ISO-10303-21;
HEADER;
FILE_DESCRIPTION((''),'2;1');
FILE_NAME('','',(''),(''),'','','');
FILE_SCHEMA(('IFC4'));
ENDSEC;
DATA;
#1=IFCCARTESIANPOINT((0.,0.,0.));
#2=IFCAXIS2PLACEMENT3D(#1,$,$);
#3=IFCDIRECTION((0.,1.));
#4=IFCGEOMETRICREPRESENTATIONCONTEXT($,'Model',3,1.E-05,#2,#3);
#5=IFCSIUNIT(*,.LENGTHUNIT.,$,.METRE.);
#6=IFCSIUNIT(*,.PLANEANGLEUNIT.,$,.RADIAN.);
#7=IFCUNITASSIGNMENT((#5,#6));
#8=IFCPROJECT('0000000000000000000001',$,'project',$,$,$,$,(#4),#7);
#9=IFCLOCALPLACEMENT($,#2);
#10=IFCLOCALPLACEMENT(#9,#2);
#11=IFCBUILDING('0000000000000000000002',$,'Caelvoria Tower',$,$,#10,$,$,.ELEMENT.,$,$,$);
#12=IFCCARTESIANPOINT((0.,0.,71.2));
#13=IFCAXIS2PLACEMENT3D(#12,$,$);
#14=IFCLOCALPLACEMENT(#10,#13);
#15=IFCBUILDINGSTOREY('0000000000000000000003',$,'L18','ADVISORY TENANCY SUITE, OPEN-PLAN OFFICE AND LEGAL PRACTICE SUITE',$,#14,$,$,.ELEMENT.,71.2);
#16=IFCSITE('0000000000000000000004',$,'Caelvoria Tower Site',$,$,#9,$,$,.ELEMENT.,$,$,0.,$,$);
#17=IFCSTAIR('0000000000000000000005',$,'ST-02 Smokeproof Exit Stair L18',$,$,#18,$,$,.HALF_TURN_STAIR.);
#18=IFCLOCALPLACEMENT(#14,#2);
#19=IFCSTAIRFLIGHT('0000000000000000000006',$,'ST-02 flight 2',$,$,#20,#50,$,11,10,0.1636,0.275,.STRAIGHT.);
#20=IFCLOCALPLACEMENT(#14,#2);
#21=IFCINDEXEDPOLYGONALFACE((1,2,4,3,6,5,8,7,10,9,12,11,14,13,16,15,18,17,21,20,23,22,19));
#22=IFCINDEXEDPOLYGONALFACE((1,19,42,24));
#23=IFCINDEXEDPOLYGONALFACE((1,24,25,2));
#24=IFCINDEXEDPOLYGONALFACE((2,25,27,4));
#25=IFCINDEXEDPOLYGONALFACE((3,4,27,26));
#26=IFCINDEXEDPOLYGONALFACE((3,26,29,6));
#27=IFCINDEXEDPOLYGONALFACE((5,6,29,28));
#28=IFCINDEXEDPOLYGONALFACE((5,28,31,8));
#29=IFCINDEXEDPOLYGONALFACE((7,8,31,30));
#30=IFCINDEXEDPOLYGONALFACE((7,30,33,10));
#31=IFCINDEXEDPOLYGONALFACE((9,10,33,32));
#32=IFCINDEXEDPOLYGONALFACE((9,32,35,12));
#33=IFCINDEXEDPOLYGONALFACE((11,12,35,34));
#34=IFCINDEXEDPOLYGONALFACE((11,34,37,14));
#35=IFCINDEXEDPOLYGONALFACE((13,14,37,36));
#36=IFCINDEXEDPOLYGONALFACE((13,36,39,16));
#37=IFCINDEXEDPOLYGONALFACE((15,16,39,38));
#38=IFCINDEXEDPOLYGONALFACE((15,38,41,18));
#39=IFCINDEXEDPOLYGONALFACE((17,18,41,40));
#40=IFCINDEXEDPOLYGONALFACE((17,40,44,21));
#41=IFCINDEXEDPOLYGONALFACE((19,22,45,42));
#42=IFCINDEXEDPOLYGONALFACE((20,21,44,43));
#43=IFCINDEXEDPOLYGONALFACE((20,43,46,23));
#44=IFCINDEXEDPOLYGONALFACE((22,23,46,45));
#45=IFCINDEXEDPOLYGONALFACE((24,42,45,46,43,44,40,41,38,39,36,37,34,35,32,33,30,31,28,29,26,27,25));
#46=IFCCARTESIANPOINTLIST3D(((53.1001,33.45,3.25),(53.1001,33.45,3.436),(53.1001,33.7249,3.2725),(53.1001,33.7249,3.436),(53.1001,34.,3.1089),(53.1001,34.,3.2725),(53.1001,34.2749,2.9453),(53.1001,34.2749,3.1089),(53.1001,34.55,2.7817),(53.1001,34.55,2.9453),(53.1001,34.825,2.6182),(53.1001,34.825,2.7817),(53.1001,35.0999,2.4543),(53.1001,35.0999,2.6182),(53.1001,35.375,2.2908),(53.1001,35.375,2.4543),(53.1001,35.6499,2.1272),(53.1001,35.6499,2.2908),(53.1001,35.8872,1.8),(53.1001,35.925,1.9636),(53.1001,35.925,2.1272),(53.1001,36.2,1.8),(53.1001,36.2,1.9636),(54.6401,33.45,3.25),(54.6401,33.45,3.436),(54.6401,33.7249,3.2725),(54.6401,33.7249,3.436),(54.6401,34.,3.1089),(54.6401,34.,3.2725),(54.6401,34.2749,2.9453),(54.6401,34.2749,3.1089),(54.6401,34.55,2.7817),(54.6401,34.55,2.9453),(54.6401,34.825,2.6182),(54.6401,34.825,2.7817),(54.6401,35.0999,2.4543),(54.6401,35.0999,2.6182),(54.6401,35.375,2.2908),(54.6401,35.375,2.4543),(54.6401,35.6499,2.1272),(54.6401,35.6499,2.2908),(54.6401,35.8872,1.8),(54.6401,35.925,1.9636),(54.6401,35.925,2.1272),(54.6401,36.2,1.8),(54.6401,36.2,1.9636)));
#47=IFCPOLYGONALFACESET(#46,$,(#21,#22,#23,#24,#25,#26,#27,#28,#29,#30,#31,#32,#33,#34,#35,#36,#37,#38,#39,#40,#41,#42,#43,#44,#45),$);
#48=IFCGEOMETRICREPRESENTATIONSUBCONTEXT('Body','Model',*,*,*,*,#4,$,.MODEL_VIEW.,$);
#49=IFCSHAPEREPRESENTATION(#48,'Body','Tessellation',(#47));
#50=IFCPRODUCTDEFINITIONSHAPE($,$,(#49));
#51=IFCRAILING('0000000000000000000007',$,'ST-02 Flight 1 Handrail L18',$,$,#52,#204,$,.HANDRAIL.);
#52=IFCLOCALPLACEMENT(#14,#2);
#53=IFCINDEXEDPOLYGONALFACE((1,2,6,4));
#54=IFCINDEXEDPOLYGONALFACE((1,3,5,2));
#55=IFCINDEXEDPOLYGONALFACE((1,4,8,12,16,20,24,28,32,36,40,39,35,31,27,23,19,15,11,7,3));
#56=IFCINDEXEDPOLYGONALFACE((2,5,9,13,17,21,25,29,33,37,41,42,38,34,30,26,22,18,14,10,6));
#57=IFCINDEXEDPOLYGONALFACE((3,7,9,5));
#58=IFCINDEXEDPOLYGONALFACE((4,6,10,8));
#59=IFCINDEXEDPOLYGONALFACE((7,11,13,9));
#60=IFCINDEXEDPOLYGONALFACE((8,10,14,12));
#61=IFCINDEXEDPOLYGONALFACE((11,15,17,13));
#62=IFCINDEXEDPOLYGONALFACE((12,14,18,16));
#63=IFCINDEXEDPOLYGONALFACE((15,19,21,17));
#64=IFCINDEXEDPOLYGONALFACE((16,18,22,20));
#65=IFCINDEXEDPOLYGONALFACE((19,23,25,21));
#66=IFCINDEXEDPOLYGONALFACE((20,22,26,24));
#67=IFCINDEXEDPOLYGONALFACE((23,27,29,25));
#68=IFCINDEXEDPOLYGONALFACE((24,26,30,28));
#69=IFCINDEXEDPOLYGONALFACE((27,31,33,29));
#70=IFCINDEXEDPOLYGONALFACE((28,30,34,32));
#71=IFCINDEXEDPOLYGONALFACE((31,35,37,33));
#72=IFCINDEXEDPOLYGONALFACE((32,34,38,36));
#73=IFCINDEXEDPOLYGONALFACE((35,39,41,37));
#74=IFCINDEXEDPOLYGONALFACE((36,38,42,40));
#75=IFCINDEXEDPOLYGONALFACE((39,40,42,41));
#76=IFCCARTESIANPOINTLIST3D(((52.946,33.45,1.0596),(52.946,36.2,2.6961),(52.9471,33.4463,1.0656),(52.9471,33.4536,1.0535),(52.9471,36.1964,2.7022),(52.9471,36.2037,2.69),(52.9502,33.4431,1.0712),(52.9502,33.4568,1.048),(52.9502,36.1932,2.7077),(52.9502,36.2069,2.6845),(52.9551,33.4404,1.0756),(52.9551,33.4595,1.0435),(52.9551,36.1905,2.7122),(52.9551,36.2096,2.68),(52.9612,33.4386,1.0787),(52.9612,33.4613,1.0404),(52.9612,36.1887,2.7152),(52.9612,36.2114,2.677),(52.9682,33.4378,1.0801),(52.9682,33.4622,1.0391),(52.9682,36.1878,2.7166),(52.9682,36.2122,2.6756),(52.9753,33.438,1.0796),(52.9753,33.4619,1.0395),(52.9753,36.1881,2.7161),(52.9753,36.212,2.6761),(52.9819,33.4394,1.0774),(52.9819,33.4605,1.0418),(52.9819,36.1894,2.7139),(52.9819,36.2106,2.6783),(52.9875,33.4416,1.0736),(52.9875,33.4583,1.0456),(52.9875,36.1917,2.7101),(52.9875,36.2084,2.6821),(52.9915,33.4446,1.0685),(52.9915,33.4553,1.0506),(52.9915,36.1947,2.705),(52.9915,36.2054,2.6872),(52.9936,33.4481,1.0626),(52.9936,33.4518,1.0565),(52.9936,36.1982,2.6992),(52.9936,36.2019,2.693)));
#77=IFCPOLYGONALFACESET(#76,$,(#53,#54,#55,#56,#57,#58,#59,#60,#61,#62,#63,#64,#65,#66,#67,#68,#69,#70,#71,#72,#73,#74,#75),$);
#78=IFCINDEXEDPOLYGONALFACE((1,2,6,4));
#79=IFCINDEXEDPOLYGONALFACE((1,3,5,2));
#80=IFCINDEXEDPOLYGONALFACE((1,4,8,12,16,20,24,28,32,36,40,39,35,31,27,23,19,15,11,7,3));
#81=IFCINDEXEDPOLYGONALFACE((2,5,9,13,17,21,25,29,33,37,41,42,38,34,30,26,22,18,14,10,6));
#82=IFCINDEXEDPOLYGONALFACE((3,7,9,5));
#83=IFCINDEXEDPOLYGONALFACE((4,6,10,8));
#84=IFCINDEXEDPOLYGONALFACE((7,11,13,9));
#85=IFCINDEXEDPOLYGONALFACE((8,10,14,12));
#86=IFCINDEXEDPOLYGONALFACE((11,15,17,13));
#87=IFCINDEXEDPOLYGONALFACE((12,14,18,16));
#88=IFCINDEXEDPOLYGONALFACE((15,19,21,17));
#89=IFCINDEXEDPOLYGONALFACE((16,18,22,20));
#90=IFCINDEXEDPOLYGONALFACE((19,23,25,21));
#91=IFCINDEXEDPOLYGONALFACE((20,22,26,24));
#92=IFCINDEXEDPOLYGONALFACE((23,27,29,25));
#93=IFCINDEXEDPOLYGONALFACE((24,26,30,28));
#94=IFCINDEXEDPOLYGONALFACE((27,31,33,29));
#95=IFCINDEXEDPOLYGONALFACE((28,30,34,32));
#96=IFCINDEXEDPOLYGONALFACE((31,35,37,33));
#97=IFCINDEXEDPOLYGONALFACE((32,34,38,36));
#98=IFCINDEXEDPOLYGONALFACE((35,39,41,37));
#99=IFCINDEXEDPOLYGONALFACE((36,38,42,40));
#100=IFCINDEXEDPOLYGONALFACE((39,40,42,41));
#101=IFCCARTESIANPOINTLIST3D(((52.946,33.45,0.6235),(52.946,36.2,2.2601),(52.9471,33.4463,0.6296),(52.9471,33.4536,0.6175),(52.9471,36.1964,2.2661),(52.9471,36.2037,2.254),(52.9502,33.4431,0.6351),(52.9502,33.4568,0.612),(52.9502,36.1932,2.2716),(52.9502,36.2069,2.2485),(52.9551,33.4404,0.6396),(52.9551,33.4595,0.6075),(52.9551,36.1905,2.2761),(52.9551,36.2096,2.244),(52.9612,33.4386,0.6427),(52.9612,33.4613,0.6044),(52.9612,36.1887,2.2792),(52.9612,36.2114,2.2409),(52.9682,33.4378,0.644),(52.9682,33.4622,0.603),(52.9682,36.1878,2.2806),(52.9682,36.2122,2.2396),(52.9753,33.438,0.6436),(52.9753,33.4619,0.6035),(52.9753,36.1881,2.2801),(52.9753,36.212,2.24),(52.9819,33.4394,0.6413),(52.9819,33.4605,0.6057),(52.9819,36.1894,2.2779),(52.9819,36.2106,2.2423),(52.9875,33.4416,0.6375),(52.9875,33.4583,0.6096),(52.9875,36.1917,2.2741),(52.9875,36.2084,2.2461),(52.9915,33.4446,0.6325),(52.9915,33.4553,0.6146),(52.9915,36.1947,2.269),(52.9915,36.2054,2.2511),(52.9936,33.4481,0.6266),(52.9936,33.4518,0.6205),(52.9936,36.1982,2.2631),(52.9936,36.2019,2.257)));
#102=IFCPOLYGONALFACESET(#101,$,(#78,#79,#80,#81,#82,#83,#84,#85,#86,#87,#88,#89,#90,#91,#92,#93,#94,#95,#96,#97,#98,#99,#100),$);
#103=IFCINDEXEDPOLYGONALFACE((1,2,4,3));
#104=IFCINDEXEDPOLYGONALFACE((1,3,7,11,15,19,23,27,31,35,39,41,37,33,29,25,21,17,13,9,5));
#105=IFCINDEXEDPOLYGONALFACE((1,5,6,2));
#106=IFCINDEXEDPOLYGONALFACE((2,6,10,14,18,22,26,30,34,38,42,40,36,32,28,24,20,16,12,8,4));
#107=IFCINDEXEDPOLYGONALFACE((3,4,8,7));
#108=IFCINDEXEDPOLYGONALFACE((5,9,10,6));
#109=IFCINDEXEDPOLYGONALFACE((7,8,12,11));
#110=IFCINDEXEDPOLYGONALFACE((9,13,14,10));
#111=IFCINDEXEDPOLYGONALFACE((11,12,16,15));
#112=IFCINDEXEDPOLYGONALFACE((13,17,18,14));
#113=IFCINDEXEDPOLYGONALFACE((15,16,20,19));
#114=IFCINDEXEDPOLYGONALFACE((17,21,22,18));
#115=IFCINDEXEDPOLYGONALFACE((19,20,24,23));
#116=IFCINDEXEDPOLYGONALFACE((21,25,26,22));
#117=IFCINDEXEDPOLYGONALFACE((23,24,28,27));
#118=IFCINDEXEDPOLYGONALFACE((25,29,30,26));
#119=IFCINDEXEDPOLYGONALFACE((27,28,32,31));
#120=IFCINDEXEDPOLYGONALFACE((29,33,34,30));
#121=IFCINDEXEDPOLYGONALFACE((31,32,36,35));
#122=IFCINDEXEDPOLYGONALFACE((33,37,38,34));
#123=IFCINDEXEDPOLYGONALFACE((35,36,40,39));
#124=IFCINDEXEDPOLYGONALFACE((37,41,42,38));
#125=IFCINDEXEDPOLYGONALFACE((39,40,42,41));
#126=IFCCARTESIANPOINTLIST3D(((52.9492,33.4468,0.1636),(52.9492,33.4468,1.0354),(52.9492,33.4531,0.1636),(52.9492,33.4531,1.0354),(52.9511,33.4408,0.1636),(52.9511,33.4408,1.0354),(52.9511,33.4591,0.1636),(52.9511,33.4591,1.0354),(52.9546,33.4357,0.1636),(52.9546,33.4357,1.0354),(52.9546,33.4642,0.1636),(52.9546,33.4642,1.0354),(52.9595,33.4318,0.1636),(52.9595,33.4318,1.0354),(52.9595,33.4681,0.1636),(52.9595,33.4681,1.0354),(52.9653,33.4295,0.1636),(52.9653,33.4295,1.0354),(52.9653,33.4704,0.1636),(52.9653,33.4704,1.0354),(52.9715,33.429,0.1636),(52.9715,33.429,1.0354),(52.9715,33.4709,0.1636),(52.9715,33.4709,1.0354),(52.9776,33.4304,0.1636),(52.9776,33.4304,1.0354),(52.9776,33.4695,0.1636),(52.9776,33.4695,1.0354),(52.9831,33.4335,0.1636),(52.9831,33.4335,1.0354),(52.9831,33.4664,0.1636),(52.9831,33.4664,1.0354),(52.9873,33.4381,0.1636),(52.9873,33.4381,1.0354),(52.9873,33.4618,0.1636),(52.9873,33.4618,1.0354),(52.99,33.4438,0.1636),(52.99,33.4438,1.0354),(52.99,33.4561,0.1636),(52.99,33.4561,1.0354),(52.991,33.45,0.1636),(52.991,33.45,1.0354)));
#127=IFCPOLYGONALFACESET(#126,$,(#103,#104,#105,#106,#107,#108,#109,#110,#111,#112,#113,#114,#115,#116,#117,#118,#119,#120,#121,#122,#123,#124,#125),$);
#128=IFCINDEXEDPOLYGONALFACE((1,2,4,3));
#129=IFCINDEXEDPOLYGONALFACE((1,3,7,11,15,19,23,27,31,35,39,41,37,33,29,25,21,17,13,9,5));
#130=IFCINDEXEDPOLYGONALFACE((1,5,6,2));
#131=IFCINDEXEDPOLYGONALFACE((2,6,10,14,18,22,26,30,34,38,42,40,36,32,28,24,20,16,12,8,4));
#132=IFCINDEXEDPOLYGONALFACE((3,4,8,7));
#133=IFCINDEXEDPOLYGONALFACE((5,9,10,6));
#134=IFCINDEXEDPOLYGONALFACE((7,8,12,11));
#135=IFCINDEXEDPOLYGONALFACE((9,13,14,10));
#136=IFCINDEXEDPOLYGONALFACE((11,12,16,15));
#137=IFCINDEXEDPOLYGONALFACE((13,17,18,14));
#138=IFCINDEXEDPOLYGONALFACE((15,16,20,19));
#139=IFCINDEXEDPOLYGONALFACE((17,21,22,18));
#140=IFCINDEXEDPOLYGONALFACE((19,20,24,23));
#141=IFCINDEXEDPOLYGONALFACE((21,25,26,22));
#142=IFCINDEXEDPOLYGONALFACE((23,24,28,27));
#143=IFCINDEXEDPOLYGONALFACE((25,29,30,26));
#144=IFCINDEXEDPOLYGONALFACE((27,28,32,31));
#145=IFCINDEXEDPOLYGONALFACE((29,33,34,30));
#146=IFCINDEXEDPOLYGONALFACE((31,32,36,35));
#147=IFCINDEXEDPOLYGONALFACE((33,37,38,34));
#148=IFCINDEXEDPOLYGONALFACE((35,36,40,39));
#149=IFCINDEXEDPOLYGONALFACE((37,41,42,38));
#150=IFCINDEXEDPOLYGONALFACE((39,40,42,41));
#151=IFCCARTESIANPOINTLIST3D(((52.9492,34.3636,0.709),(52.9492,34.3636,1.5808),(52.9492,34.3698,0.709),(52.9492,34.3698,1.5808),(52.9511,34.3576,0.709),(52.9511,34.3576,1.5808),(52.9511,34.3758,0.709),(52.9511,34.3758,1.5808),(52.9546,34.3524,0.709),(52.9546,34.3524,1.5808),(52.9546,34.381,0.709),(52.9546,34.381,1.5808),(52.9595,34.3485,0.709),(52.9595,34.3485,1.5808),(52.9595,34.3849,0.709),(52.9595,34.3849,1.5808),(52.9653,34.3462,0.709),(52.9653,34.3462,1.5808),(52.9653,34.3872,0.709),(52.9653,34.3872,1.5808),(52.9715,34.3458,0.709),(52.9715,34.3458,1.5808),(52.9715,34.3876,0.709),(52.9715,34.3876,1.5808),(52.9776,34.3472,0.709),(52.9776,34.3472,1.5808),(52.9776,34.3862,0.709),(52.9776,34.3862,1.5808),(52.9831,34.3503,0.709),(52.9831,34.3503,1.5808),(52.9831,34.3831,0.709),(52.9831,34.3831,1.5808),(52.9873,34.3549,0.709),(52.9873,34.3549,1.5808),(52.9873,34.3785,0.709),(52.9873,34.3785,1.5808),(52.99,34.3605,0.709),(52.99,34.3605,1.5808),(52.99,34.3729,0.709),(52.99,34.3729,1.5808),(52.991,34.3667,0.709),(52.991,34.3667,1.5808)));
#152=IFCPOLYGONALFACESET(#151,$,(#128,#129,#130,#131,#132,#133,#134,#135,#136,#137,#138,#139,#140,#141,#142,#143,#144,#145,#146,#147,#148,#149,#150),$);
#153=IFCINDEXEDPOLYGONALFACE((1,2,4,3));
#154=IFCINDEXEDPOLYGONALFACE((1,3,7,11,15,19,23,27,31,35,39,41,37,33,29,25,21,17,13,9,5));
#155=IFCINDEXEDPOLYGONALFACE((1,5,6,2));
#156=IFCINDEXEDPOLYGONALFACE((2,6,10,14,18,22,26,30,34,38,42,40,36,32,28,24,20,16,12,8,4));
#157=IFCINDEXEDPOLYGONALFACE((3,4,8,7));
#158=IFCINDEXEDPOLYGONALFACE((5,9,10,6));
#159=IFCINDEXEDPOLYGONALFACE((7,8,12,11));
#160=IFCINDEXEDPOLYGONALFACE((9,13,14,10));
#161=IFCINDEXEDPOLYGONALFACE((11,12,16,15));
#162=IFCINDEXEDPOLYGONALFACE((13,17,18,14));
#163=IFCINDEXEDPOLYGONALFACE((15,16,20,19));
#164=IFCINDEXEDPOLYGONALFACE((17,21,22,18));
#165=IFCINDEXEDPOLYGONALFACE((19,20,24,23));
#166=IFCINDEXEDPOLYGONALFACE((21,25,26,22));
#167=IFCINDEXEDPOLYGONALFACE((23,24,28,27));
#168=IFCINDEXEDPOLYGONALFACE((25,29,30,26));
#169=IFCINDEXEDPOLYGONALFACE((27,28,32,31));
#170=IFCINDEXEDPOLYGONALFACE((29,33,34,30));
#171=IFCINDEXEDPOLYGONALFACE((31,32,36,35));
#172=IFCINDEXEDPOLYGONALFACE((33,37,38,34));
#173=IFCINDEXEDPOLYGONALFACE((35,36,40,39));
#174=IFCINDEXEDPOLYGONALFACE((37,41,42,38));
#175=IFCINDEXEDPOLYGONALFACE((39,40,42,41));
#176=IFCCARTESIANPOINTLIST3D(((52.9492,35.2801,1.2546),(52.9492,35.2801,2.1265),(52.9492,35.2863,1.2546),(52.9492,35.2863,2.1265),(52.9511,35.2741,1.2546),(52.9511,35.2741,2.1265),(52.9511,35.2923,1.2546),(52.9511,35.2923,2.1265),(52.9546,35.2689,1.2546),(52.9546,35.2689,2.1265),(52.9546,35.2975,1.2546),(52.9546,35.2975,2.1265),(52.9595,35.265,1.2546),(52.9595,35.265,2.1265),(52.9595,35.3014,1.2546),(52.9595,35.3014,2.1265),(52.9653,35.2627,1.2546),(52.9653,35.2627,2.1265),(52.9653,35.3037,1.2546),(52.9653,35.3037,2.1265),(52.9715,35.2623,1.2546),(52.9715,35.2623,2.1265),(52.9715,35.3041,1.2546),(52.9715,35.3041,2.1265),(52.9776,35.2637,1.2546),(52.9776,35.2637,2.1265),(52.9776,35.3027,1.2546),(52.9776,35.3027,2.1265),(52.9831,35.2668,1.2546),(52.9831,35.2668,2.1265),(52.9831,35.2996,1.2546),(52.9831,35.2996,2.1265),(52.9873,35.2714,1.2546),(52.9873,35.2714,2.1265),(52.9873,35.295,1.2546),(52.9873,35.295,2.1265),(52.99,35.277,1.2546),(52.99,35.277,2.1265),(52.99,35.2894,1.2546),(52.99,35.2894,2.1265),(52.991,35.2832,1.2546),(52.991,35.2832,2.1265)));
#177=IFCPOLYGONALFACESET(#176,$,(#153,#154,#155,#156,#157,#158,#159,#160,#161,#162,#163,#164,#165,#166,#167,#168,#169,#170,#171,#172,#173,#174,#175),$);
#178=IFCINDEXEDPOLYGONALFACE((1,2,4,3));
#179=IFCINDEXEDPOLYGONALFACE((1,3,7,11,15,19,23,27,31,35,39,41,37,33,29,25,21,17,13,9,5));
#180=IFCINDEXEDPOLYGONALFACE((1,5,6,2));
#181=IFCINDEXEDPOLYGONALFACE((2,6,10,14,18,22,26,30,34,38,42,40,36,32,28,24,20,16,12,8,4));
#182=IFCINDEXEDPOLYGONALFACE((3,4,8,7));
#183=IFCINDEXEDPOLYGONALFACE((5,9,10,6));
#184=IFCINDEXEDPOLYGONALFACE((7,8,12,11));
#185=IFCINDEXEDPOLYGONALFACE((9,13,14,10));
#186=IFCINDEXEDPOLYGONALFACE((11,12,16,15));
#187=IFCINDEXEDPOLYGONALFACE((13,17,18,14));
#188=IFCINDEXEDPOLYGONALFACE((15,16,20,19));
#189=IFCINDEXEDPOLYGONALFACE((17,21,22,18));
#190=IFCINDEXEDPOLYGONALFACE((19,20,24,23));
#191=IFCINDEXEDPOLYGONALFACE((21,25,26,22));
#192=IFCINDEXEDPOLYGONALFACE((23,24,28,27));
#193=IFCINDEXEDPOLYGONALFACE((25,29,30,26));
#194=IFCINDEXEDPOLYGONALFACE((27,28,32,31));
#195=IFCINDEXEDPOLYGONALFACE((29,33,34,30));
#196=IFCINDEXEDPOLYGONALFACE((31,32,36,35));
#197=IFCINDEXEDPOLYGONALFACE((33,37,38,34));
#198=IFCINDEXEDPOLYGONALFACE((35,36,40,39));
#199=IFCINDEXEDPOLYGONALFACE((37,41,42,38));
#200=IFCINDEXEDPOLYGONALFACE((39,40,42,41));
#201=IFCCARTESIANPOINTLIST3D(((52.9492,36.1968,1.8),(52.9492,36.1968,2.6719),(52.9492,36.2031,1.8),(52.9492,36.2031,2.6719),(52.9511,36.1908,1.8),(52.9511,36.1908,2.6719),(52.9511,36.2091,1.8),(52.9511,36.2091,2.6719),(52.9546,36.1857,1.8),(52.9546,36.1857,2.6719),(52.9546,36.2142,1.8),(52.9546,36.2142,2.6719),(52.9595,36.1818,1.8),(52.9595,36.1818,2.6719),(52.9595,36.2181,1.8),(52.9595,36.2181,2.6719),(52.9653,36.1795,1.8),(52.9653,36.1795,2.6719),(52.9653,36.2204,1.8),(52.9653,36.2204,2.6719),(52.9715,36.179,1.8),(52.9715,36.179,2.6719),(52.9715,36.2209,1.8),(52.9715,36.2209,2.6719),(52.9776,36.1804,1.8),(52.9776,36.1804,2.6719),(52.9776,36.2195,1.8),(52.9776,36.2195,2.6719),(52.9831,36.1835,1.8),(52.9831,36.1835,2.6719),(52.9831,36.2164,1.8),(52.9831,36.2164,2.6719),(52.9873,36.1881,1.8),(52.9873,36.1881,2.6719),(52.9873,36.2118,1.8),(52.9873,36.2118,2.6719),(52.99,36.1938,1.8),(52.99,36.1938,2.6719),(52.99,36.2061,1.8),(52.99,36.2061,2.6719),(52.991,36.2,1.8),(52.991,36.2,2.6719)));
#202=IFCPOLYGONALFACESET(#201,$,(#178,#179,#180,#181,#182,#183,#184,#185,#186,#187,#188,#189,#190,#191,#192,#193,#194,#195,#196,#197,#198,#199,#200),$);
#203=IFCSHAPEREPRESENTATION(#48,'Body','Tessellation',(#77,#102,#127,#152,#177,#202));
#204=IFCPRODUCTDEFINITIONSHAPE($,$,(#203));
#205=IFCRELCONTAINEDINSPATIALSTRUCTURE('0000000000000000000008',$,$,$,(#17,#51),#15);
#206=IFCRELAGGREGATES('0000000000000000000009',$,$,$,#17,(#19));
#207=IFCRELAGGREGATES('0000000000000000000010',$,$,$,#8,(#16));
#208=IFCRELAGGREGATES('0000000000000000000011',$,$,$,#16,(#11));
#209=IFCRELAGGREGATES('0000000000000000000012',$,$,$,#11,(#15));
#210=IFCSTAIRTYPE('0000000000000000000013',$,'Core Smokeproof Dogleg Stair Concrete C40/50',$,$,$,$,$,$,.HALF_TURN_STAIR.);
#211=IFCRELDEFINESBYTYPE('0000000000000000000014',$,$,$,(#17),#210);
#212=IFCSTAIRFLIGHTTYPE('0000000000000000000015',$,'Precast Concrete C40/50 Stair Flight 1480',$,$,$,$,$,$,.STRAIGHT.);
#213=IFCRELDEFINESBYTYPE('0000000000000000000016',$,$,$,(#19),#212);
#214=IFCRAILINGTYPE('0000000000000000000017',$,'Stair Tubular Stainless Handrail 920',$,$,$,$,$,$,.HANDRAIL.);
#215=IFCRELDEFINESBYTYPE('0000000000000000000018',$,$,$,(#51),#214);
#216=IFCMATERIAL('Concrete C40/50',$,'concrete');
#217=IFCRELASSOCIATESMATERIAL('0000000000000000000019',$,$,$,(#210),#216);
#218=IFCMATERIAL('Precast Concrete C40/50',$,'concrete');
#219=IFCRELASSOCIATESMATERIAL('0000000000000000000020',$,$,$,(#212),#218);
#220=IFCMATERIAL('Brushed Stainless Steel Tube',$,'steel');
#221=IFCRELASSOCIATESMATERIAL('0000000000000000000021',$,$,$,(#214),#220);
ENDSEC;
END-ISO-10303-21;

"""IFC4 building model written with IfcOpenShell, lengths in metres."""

from ifc_helpers import new_model, si_unit, direction, frame, origin, origin_2d, place, context, subcontext, project, spatial, polyline, circle, outline, extrude, material, type_object, element, aggregate, save


model = new_model("IFC4")

# Units and contexts
model_context = context("Model", 3, precision=1e-05, world=origin(), true_north=direction((0.0, 1.0)))
body_context = subcontext(model_context, "Body", "Model", "MODEL_VIEW")
ifc_project = project(units=[si_unit("LENGTHUNIT", "METRE"), si_unit("PLANEANGLEUNIT", "RADIAN")], contexts=[model_context])

# Site, building, storey
site_placement = place(None, origin())
site = spatial("IfcSite", under=ifc_project, at=site_placement, Name="Caelvoria Tower Site", CompositionType="ELEMENT", RefElevation=0.0)
building_placement = place(site_placement, origin())
building = spatial("IfcBuilding", under=site, at=building_placement, Name="Caelvoria Tower", CompositionType="ELEMENT")
storey_placement = place(building_placement, frame((0.0, 0.0, 71.2)))
storey = spatial("IfcBuildingStorey", under=building, at=storey_placement, Name="L18", Description="ADVISORY TENANCY SUITE, OPEN-PLAN OFFICE AND LEGAL PRACTICE SUITE", CompositionType="ELEMENT", Elevation=71.2)

# Stair, stair flight
ifc_material_1 = material(Name="Concrete C40/50", Category="concrete")
stair_type = type_object("IfcStairType", Name="Core Smokeproof Dogleg Stair Concrete C40/50", PredefinedType="HALF_TURN_STAIR", material=ifc_material_1)
stair_placement = place(storey_placement, origin())
stair = element("IfcStair", 1, at=stair_placement, inside=storey, type_object=stair_type, Name="ST-02 Smokeproof Exit Stair L18", PredefinedType="HALF_TURN_STAIR")
ifc_material_2 = material(Name="Precast Concrete C40/50", Category="concrete")
stair_flight_type = type_object("IfcStairFlightType", Name="Precast Concrete C40/50 Stair Flight 1480", PredefinedType="STRAIGHT", material=ifc_material_2)
stair_flight_1_placement = place(storey_placement, frame((53.8701, 36.2, 1.8), z_axis=(0.0, 0.0, 1.0), x_axis=(0.0, -1.0, 0.0)))
stair_flight_1 = element("IfcStairFlight", 2, at=stair_flight_1_placement, type_object=stair_flight_type, Name="ST-02 flight 2", NumberOfRisers=11, NumberOfTreads=10, PredefinedType="STRAIGHT", RiserHeight=0.1636, TreadLength=0.275, context=body_context, shape_type="SweptSolid", body=[
    extrude(outline(polyline([(0.0, 0.0), (0.0, 0.1636), (0.2749, 0.1636), (0.2749, 0.3271), (0.55, 0.3271), (0.55, 0.4907), (0.825, 0.4907), (0.825, 0.6543), (1.1001, 0.6543), (1.1001, 0.8181), (1.375, 0.8181), (1.375, 0.9817), (1.6499, 0.9817), (1.6499, 1.1453), (1.925, 1.1453), (1.925, 1.3088), (2.2, 1.3088), (2.2, 1.4724), (2.4751, 1.4724), (2.4751, 1.636), (2.75, 1.636), (2.75, 1.7996), (2.75, 1.45), (0.3127, 0.0), (0.0, 0.0)])), frame((0.0, 0.77, 0.0), z_axis=(0.0, -1.0, 0.0), x_axis=(1.0, 0.0, 0.0)), (0.0, 0.0, 1.0), 1.54),
])
aggregate(stair, [stair_flight_1])

# Railing
ifc_material_3 = material(Name="Brushed Stainless Steel Tube", Category="steel")
railing_type_1 = type_object("IfcRailingType", Name="Stair Tubular Stainless Handrail 920", PredefinedType="HANDRAIL", material=ifc_material_3)
railing_1_placement = place(storey_placement, frame((52.97, 33.45, 0.1636)))
element("IfcRailing", 3, at=railing_1_placement, inside=storey, type_object=railing_type_1, Name="ST-02 Flight 1 Handrail L18", PredefinedType="HANDRAIL", context=body_context, shape_type="SweptSolid", body=[
    extrude(circle(Radius=0.0239, at=origin_2d()), frame((0.0, 0.0, 0.896), z_axis=(0.0, 0.859352, 0.511385), x_axis=(-1.0, 0.0, 0.0)), (0.0, 0.0, 1.0), 3.2002),
    extrude(circle(Radius=0.0239, at=origin_2d()), frame((0.0, 0.0, 0.46), z_axis=(0.0, 0.859352, 0.511385), x_axis=(-1.0, 0.0, 0.0)), (0.0, 0.0, 1.0), 3.2002),
    extrude(circle(Radius=0.021, at=origin_2d()), origin(), (0.0, 0.0, 1.0), 0.8718),
    extrude(circle(Radius=0.021, at=origin_2d()), frame((0.0, 0.9167, 0.5454)), (0.0, 0.0, 1.0), 0.8718),
    extrude(circle(Radius=0.021, at=origin_2d()), frame((0.0, 1.8333, 1.0911)), (0.0, 0.0, 1.0), 0.8718),
    extrude(circle(Radius=0.021, at=origin_2d()), frame((0.0, 2.75, 1.6365)), (0.0, 0.0, 1.0), 0.8718),
])

save(model, "model.ifc")
